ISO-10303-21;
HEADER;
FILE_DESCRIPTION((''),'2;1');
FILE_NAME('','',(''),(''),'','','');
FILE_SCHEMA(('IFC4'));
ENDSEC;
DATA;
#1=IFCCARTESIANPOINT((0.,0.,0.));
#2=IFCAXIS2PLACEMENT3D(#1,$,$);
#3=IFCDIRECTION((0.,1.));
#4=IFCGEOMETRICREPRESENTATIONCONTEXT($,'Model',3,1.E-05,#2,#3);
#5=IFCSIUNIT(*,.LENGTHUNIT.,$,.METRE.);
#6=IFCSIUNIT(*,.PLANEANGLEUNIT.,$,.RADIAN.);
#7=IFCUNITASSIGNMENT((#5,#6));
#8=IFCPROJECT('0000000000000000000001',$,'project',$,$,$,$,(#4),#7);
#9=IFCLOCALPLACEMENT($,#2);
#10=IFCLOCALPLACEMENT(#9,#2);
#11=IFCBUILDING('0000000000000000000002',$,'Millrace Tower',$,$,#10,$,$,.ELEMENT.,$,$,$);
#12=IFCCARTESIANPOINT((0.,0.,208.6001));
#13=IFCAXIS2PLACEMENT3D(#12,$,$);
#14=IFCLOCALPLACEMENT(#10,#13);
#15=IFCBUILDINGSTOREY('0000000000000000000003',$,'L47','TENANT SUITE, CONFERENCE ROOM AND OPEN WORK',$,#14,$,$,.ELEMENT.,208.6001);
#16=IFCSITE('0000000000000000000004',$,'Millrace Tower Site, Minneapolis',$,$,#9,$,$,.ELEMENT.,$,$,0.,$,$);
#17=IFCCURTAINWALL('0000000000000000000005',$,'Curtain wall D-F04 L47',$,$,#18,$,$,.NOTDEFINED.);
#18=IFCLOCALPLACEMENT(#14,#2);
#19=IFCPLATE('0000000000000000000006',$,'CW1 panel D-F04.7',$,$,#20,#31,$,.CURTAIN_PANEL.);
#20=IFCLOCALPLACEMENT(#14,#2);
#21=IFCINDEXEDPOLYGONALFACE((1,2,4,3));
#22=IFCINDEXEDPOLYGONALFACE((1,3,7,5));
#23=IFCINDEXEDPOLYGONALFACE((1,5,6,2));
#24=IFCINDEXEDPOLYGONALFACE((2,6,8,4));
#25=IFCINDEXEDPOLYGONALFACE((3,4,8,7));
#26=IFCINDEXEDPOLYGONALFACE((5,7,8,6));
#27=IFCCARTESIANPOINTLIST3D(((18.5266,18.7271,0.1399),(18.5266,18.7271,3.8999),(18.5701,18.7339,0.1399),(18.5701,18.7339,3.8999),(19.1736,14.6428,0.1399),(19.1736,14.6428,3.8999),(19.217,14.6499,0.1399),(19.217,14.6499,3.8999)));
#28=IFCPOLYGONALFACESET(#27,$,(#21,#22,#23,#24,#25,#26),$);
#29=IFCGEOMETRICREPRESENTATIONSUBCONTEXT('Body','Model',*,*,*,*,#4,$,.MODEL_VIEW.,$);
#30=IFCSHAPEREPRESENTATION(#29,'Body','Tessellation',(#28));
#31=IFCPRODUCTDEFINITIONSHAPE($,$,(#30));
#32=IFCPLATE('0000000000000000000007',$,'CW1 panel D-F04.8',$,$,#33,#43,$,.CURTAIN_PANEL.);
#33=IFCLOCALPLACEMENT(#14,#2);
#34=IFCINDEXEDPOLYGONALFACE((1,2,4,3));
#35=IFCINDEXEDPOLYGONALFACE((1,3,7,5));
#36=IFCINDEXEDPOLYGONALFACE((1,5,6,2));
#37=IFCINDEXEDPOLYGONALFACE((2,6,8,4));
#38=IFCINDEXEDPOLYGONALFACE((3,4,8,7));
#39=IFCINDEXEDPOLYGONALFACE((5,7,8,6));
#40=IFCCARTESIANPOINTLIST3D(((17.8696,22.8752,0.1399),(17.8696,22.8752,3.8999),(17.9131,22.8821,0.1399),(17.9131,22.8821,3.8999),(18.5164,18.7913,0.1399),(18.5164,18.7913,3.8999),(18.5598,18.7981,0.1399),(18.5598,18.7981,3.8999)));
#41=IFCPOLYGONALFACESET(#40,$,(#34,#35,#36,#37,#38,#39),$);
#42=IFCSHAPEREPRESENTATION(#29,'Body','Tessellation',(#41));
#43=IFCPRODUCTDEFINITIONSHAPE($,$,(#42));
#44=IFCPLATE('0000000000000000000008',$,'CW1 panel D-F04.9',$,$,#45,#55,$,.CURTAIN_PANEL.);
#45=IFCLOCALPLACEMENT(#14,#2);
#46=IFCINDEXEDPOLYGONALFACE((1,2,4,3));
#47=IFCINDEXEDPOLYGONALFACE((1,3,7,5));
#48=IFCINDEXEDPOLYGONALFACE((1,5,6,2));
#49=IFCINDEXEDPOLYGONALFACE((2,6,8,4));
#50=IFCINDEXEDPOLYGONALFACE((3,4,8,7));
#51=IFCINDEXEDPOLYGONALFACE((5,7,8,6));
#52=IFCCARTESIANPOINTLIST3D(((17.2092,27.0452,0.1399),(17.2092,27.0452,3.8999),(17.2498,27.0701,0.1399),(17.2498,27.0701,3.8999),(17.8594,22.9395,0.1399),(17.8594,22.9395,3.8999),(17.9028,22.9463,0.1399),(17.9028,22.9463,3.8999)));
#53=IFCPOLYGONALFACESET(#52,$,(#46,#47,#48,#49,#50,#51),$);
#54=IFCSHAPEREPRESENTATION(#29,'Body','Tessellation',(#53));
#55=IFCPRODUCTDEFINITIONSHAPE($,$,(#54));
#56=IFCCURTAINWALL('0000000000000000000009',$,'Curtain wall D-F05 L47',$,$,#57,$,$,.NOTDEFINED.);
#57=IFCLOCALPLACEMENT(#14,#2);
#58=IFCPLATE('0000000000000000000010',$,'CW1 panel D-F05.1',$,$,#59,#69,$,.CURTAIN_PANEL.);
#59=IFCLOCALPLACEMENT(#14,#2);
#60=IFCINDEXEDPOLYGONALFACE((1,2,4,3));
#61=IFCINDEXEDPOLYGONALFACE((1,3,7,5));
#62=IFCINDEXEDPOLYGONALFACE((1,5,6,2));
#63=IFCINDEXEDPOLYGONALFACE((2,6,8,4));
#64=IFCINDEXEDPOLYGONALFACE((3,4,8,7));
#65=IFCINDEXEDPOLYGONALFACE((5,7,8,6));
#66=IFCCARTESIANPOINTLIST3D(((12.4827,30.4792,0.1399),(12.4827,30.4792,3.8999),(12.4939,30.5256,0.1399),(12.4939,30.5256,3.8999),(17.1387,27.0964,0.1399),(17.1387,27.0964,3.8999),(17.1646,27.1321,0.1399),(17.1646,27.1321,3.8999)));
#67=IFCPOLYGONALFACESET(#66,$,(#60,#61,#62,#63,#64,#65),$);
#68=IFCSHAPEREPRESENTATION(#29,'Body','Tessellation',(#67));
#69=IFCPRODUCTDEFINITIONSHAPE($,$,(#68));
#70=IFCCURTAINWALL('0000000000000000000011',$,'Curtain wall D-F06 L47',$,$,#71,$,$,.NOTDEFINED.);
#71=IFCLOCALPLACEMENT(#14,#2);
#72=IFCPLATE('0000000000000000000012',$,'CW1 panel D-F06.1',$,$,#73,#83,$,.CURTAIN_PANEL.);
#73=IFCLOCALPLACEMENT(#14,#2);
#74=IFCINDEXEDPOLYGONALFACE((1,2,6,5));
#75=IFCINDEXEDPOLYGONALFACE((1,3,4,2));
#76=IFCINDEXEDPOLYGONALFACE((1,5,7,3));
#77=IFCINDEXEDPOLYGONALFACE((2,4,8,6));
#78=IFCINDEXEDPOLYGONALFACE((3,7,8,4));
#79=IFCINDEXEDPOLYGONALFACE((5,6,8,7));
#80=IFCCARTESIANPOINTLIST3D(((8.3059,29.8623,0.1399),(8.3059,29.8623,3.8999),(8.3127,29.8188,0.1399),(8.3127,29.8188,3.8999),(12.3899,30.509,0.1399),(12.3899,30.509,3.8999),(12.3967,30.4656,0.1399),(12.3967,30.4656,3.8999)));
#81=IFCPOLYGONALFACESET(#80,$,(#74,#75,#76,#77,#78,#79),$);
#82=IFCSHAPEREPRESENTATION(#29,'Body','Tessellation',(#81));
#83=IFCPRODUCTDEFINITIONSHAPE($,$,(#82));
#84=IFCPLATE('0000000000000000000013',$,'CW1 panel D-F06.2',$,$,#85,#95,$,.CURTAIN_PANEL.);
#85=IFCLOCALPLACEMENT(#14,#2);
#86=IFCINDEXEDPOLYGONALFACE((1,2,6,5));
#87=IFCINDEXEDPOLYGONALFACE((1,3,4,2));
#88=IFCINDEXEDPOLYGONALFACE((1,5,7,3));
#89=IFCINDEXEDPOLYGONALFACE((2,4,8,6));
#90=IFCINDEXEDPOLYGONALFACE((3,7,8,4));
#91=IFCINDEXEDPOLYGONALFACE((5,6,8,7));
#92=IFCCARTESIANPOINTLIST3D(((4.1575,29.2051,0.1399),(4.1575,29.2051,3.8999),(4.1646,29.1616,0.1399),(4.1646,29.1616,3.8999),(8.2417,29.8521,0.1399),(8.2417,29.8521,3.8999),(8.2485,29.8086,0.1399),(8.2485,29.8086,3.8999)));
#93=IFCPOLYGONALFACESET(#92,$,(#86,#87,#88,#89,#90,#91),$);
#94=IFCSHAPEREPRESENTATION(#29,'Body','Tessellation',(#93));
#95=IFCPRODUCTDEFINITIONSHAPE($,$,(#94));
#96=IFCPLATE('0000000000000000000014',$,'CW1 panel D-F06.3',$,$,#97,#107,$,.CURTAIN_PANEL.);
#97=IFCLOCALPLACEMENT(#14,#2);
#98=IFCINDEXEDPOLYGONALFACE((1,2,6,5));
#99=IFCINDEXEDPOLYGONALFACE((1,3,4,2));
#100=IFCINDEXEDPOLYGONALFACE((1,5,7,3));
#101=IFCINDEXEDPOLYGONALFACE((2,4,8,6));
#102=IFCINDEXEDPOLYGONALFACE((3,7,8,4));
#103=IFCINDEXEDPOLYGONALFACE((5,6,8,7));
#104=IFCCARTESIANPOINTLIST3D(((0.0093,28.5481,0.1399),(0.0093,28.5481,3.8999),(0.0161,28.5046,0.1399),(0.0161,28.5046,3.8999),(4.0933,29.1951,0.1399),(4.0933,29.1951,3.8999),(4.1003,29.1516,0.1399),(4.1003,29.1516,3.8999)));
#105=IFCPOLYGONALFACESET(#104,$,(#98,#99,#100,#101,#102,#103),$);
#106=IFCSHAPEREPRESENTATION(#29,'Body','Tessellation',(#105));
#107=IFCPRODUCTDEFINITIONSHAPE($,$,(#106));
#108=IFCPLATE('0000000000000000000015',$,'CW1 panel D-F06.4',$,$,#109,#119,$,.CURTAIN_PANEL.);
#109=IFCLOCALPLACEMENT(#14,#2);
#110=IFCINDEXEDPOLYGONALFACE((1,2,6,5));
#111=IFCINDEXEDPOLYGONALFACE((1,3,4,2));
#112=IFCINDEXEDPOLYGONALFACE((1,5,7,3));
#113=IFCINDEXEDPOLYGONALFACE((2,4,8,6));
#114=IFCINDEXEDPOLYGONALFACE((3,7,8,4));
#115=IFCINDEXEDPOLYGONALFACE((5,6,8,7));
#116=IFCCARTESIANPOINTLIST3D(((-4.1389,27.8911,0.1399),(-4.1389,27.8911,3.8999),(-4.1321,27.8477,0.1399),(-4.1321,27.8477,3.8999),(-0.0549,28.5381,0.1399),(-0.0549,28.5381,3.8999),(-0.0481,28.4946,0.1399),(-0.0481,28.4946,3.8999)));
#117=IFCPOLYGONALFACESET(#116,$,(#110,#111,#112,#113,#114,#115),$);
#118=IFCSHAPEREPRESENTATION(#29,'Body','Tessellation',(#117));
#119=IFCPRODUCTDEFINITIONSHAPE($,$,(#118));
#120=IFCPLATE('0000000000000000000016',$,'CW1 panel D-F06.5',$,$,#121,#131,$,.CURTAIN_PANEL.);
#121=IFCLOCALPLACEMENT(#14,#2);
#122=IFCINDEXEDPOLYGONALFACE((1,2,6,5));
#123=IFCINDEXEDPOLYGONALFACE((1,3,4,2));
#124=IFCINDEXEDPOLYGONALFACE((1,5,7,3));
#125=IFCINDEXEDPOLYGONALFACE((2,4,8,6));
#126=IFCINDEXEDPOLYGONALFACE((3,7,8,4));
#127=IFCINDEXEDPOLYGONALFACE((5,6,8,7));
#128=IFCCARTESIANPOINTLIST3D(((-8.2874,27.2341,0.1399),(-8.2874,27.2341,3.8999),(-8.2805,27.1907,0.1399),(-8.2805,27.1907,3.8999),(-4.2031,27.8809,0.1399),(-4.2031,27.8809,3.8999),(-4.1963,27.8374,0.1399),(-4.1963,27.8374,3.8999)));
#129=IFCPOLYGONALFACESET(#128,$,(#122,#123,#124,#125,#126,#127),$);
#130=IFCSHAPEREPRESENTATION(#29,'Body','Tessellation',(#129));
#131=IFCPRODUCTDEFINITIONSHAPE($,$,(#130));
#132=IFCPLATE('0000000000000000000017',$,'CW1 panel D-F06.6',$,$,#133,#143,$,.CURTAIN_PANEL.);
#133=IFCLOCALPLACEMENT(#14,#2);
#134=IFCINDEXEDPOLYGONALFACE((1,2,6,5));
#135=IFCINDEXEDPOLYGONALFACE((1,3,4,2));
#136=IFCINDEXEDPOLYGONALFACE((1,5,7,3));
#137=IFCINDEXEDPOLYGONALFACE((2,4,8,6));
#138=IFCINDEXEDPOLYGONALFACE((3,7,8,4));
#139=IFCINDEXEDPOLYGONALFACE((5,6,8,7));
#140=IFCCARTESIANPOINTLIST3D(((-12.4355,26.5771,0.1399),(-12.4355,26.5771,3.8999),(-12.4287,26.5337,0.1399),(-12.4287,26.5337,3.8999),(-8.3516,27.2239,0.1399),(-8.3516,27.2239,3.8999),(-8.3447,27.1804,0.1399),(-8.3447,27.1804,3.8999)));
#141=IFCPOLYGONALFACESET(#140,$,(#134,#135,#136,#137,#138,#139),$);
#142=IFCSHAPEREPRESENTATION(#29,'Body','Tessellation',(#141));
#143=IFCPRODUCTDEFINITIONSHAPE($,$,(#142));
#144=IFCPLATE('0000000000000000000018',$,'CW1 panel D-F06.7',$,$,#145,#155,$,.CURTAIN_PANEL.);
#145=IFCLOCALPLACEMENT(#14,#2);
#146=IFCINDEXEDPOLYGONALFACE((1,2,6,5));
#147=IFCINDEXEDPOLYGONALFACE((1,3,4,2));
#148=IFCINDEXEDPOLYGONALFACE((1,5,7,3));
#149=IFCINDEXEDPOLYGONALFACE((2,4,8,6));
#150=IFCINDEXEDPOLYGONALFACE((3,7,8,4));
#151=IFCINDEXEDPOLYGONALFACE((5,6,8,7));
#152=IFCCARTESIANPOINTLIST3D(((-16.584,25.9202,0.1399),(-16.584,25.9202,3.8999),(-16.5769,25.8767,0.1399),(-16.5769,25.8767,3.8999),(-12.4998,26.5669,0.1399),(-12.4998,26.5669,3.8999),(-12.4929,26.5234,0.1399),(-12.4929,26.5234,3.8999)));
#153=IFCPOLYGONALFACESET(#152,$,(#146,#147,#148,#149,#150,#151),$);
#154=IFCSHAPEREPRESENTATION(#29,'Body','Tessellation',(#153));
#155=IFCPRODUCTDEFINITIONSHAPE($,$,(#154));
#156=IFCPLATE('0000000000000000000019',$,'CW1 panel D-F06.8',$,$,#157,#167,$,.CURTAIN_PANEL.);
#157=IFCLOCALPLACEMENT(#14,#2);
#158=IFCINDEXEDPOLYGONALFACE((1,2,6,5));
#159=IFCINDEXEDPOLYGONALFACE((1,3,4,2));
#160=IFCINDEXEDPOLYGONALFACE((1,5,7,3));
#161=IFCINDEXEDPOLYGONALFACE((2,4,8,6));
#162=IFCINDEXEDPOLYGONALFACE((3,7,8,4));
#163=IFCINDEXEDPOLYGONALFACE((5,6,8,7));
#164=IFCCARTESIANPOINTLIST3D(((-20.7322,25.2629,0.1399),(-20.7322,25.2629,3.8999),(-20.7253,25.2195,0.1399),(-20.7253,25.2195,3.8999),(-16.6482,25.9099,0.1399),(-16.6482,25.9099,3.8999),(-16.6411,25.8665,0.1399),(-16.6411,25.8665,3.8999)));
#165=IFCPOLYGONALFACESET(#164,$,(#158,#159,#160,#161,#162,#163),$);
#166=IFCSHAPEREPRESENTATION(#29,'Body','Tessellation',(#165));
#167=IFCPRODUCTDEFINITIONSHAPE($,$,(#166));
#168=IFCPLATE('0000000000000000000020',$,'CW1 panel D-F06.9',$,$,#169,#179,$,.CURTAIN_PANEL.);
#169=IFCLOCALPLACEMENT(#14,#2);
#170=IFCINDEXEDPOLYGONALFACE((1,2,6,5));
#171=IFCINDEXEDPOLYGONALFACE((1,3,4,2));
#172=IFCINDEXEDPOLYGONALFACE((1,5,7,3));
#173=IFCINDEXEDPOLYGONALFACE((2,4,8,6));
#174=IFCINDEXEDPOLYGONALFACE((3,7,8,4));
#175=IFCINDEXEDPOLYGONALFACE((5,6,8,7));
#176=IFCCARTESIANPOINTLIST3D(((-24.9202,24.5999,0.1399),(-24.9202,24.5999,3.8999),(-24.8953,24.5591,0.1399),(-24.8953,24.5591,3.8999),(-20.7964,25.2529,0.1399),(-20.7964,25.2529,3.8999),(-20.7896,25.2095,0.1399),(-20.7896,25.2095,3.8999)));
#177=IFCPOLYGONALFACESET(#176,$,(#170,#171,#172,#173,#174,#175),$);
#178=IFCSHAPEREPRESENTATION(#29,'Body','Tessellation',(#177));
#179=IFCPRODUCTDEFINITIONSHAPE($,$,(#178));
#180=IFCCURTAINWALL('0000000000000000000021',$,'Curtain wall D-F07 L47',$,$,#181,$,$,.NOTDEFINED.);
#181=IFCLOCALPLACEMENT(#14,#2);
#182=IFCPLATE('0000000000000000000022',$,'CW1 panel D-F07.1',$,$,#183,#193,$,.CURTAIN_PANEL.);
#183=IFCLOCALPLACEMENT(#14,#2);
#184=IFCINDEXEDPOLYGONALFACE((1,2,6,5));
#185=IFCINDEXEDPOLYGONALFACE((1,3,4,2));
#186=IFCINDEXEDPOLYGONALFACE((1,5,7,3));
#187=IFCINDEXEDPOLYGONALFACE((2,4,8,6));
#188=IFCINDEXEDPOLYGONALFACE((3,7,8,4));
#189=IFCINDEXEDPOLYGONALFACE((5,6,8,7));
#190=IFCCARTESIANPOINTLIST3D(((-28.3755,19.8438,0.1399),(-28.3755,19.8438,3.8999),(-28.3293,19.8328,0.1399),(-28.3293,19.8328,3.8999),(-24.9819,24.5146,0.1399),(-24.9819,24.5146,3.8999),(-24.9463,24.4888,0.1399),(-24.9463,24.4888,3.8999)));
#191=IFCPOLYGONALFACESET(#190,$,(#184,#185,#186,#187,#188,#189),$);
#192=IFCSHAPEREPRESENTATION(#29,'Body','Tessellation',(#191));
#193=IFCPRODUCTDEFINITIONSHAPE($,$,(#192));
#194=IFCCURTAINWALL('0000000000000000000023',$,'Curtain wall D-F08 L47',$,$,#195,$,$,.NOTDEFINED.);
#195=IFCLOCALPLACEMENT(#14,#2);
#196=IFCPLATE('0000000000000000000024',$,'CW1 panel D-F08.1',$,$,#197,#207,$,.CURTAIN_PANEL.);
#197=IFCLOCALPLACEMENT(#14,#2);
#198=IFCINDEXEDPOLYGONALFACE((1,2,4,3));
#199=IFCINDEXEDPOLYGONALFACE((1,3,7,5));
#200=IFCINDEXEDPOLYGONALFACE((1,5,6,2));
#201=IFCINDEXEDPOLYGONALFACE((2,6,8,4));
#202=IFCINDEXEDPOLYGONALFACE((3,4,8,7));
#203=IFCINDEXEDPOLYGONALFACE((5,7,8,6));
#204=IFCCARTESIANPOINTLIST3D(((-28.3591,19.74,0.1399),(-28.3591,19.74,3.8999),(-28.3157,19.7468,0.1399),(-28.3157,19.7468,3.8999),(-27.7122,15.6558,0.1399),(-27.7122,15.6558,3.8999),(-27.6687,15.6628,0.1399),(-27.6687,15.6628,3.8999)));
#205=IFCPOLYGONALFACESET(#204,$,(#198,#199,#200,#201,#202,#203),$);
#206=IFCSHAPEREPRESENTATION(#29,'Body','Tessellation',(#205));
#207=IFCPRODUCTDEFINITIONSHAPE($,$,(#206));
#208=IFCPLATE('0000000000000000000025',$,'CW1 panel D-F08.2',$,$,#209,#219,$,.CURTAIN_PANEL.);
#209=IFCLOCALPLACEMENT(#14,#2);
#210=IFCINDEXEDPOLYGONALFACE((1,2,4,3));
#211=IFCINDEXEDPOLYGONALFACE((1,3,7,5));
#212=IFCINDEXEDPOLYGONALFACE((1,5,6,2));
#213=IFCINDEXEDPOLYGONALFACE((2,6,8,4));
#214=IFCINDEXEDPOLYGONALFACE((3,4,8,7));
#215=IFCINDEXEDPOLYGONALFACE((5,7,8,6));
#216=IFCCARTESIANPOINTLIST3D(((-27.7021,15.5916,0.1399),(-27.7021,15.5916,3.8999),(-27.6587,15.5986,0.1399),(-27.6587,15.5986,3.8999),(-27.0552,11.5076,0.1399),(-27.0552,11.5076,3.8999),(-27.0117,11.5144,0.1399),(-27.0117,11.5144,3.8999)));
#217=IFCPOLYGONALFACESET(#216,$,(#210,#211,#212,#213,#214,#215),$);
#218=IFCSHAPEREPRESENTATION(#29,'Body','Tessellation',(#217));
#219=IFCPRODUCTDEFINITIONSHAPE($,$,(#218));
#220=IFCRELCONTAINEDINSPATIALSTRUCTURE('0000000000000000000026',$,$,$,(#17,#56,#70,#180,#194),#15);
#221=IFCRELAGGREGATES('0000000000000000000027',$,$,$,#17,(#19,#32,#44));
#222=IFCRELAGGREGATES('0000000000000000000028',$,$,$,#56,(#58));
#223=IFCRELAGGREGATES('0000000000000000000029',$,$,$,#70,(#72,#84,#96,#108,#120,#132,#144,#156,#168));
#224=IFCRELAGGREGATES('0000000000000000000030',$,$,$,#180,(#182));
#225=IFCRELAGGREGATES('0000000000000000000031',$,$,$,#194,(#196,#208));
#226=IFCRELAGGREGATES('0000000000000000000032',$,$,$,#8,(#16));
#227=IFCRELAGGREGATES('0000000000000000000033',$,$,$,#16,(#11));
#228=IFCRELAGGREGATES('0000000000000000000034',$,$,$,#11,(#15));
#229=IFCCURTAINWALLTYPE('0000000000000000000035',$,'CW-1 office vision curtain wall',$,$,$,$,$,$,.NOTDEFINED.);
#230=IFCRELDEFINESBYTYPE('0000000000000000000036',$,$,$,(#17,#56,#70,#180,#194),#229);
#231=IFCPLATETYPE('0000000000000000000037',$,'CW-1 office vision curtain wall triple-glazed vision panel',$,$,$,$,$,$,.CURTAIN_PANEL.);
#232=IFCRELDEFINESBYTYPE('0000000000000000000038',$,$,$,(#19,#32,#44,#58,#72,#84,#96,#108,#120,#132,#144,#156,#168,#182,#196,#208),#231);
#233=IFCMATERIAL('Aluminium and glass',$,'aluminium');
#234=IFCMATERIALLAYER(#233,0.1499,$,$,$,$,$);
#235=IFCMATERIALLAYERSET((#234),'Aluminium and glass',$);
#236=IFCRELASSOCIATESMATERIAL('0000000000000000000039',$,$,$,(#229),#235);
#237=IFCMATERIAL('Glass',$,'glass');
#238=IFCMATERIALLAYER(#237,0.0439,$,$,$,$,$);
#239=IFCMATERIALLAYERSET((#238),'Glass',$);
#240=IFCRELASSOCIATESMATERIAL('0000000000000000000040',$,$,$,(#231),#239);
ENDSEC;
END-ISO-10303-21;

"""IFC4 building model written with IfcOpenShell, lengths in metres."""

from ifc_helpers import new_model, si_unit, direction, frame, origin, place, context, subcontext, project, spatial, polyline, outline, extrude, material, layer, layer_set, type_object, element, aggregate, save


model = new_model("IFC4")

# Units and contexts
model_context = context("Model", 3, precision=1e-05, world=origin(), true_north=direction((0.0, 1.0)))
body_context = subcontext(model_context, "Body", "Model", "MODEL_VIEW")
ifc_project = project(units=[si_unit("LENGTHUNIT", "METRE"), si_unit("PLANEANGLEUNIT", "RADIAN")], contexts=[model_context])

# Site, building, storey
site_placement = place(None, origin())
site = spatial("IfcSite", under=ifc_project, at=site_placement, Name="Millrace Tower Site, Minneapolis", CompositionType="ELEMENT", RefElevation=0.0)
building_placement = place(site_placement, origin())
building = spatial("IfcBuilding", under=site, at=building_placement, Name="Millrace Tower", CompositionType="ELEMENT")
storey_placement = place(building_placement, frame((0.0, 0.0, 208.6001)))
storey = spatial("IfcBuildingStorey", under=building, at=storey_placement, Name="L47", Description="TENANT SUITE, CONFERENCE ROOM AND OPEN WORK", CompositionType="ELEMENT", Elevation=208.6001)

# Curtain wall, plates
ifc_material_1 = material(Name="Aluminium and glass", Category="aluminium")
ifc_layer_1 = layer(ifc_material_1, 0.1499)
ifc_layer_set_1 = layer_set([ifc_layer_1], Name="Aluminium and glass")
curtain_wall_type = type_object("IfcCurtainWallType", Name="CW-1 office vision curtain wall", PredefinedType="NOTDEFINED", material=ifc_layer_set_1)
placement_1 = place(storey_placement, origin())
curtain_wall_1 = element("IfcCurtainWall", 1, at=placement_1, inside=storey, type_object=curtain_wall_type, Name="Curtain wall D-F04 L47", PredefinedType="NOTDEFINED")
ifc_material_2 = material(Name="Glass", Category="glass")
ifc_layer_2 = layer(ifc_material_2, 0.0439)
ifc_layer_set_2 = layer_set([ifc_layer_2], Name="Glass")
plate_type = type_object("IfcPlateType", Name="CW-1 office vision curtain wall triple-glazed vision panel", PredefinedType="CURTAIN_PANEL", material=ifc_layer_set_2)
placement_2 = place(storey_placement, frame((0.0, 0.0, 0.1399)))
plate_1 = element("IfcPlate", 2, at=placement_2, type_object=plate_type, Name="CW1 panel D-F04.7", PredefinedType="CURTAIN_PANEL", context=body_context, shape_type="SweptSolid", body=[
    extrude(outline(polyline([(19.217, 14.6499), (18.5701, 18.7339), (18.5266, 18.7271), (19.1736, 14.6428), (19.217, 14.6499)])), origin(), (0.0, 0.0, 1.0), 3.76),
])
plate_2 = element("IfcPlate", 3, at=placement_2, type_object=plate_type, Name="CW1 panel D-F04.8", PredefinedType="CURTAIN_PANEL", context=body_context, shape_type="SweptSolid", body=[
    extrude(outline(polyline([(18.5598, 18.7981), (17.9131, 22.8821), (17.8696, 22.8752), (18.5164, 18.7913), (18.5598, 18.7981)])), origin(), (0.0, 0.0, 1.0), 3.76),
])
plate_3 = element("IfcPlate", 4, at=placement_2, type_object=plate_type, Name="CW1 panel D-F04.9", PredefinedType="CURTAIN_PANEL", context=body_context, shape_type="SweptSolid", body=[
    extrude(outline(polyline([(17.9028, 22.9463), (17.2498, 27.0701), (17.2092, 27.0452), (17.8594, 22.9395), (17.9028, 22.9463)])), origin(), (0.0, 0.0, 1.0), 3.76),
])
aggregate(curtain_wall_1, [plate_1, plate_2, plate_3])

# Curtain wall, plate
curtain_wall_2 = element("IfcCurtainWall", 5, at=placement_1, inside=storey, type_object=curtain_wall_type, Name="Curtain wall D-F05 L47", PredefinedType="NOTDEFINED")
plate_4 = element("IfcPlate", 6, at=placement_2, type_object=plate_type, Name="CW1 panel D-F05.1", PredefinedType="CURTAIN_PANEL", context=body_context, shape_type="SweptSolid", body=[
    extrude(outline(polyline([(17.1646, 27.1321), (12.4939, 30.5256), (12.4827, 30.4792), (17.1387, 27.0964), (17.1646, 27.1321)])), origin(), (0.0, 0.0, 1.0), 3.76),
])
aggregate(curtain_wall_2, [plate_4])

# Curtain wall, plates
curtain_wall_3 = element("IfcCurtainWall", 7, at=placement_1, inside=storey, type_object=curtain_wall_type, Name="Curtain wall D-F06 L47", PredefinedType="NOTDEFINED")
plate_5 = element("IfcPlate", 8, at=placement_2, type_object=plate_type, Name="CW1 panel D-F06.1", PredefinedType="CURTAIN_PANEL", context=body_context, shape_type="SweptSolid", body=[
    extrude(outline(polyline([(12.3899, 30.509), (8.3059, 29.8623), (8.3127, 29.8188), (12.3967, 30.4656), (12.3899, 30.509)])), origin(), (0.0, 0.0, 1.0), 3.76),
])
plate_6 = element("IfcPlate", 9, at=placement_2, type_object=plate_type, Name="CW1 panel D-F06.2", PredefinedType="CURTAIN_PANEL", context=body_context, shape_type="SweptSolid", body=[
    extrude(outline(polyline([(8.2417, 29.8521), (4.1575, 29.2051), (4.1646, 29.1616), (8.2485, 29.8086), (8.2417, 29.8521)])), origin(), (0.0, 0.0, 1.0), 3.76),
])
plate_7 = element("IfcPlate", 10, at=placement_2, type_object=plate_type, Name="CW1 panel D-F06.3", PredefinedType="CURTAIN_PANEL", context=body_context, shape_type="SweptSolid", body=[
    extrude(outline(polyline([(4.0933, 29.1951), (0.0093, 28.5481), (0.0161, 28.5046), (4.1003, 29.1516), (4.0933, 29.1951)])), origin(), (0.0, 0.0, 1.0), 3.76),
])
plate_8 = element("IfcPlate", 11, at=placement_2, type_object=plate_type, Name="CW1 panel D-F06.4", PredefinedType="CURTAIN_PANEL", context=body_context, shape_type="SweptSolid", body=[
    extrude(outline(polyline([(-0.0549, 28.5381), (-4.1389, 27.8911), (-4.1321, 27.8477), (-0.0481, 28.4946), (-0.0549, 28.5381)])), origin(), (0.0, 0.0, 1.0), 3.76),
])
plate_9 = element("IfcPlate", 12, at=placement_2, type_object=plate_type, Name="CW1 panel D-F06.5", PredefinedType="CURTAIN_PANEL", context=body_context, shape_type="SweptSolid", body=[
    extrude(outline(polyline([(-4.2031, 27.8809), (-8.2874, 27.2341), (-8.2805, 27.1907), (-4.1963, 27.8374), (-4.2031, 27.8809)])), origin(), (0.0, 0.0, 1.0), 3.76),
])
plate_10 = element("IfcPlate", 13, at=placement_2, type_object=plate_type, Name="CW1 panel D-F06.6", PredefinedType="CURTAIN_PANEL", context=body_context, shape_type="SweptSolid", body=[
    extrude(outline(polyline([(-8.3516, 27.2239), (-12.4355, 26.5771), (-12.4287, 26.5337), (-8.3447, 27.1804), (-8.3516, 27.2239)])), origin(), (0.0, 0.0, 1.0), 3.76),
])
plate_11 = element("IfcPlate", 14, at=placement_2, type_object=plate_type, Name="CW1 panel D-F06.7", PredefinedType="CURTAIN_PANEL", context=body_context, shape_type="SweptSolid", body=[
    extrude(outline(polyline([(-12.4998, 26.5669), (-16.584, 25.9202), (-16.5769, 25.8767), (-12.4929, 26.5234), (-12.4998, 26.5669)])), origin(), (0.0, 0.0, 1.0), 3.76),
])
plate_12 = element("IfcPlate", 15, at=placement_2, type_object=plate_type, Name="CW1 panel D-F06.8", PredefinedType="CURTAIN_PANEL", context=body_context, shape_type="SweptSolid", body=[
    extrude(outline(polyline([(-16.6482, 25.9099), (-20.7322, 25.2629), (-20.7253, 25.2195), (-16.6411, 25.8665), (-16.6482, 25.9099)])), origin(), (0.0, 0.0, 1.0), 3.76),
])
plate_13 = element("IfcPlate", 16, at=placement_2, type_object=plate_type, Name="CW1 panel D-F06.9", PredefinedType="CURTAIN_PANEL", context=body_context, shape_type="SweptSolid", body=[
    extrude(outline(polyline([(-20.7964, 25.2529), (-24.9202, 24.5999), (-24.8953, 24.5591), (-20.7896, 25.2095), (-20.7964, 25.2529)])), origin(), (0.0, 0.0, 1.0), 3.76),
])
aggregate(curtain_wall_3, [plate_5, plate_6, plate_7, plate_8, plate_9, plate_10, plate_11, plate_12, plate_13])

# Curtain wall, plate
curtain_wall_4 = element("IfcCurtainWall", 17, at=placement_1, inside=storey, type_object=curtain_wall_type, Name="Curtain wall D-F07 L47", PredefinedType="NOTDEFINED")
plate_14 = element("IfcPlate", 18, at=placement_2, type_object=plate_type, Name="CW1 panel D-F07.1", PredefinedType="CURTAIN_PANEL", context=body_context, shape_type="SweptSolid", body=[
    extrude(outline(polyline([(-24.9819, 24.5146), (-28.3755, 19.8438), (-28.3293, 19.8328), (-24.9463, 24.4888), (-24.9819, 24.5146)])), origin(), (0.0, 0.0, 1.0), 3.76),
])
aggregate(curtain_wall_4, [plate_14])

# Curtain wall, plates
curtain_wall_5 = element("IfcCurtainWall", 19, at=placement_1, inside=storey, type_object=curtain_wall_type, Name="Curtain wall D-F08 L47", PredefinedType="NOTDEFINED")
plate_15 = element("IfcPlate", 20, at=placement_2, type_object=plate_type, Name="CW1 panel D-F08.1", PredefinedType="CURTAIN_PANEL", context=body_context, shape_type="SweptSolid", body=[
    extrude(outline(polyline([(-28.3591, 19.74), (-27.7122, 15.6558), (-27.6687, 15.6628), (-28.3157, 19.7468), (-28.3591, 19.74)])), origin(), (0.0, 0.0, 1.0), 3.76),
])
plate_16 = element("IfcPlate", 21, at=placement_2, type_object=plate_type, Name="CW1 panel D-F08.2", PredefinedType="CURTAIN_PANEL", context=body_context, shape_type="SweptSolid", body=[
    extrude(outline(polyline([(-27.7021, 15.5916), (-27.0552, 11.5076), (-27.0117, 11.5144), (-27.6587, 15.5986), (-27.7021, 15.5916)])), origin(), (0.0, 0.0, 1.0), 3.76),
])
aggregate(curtain_wall_5, [plate_15, plate_16])

save(model, "model.ifc")
